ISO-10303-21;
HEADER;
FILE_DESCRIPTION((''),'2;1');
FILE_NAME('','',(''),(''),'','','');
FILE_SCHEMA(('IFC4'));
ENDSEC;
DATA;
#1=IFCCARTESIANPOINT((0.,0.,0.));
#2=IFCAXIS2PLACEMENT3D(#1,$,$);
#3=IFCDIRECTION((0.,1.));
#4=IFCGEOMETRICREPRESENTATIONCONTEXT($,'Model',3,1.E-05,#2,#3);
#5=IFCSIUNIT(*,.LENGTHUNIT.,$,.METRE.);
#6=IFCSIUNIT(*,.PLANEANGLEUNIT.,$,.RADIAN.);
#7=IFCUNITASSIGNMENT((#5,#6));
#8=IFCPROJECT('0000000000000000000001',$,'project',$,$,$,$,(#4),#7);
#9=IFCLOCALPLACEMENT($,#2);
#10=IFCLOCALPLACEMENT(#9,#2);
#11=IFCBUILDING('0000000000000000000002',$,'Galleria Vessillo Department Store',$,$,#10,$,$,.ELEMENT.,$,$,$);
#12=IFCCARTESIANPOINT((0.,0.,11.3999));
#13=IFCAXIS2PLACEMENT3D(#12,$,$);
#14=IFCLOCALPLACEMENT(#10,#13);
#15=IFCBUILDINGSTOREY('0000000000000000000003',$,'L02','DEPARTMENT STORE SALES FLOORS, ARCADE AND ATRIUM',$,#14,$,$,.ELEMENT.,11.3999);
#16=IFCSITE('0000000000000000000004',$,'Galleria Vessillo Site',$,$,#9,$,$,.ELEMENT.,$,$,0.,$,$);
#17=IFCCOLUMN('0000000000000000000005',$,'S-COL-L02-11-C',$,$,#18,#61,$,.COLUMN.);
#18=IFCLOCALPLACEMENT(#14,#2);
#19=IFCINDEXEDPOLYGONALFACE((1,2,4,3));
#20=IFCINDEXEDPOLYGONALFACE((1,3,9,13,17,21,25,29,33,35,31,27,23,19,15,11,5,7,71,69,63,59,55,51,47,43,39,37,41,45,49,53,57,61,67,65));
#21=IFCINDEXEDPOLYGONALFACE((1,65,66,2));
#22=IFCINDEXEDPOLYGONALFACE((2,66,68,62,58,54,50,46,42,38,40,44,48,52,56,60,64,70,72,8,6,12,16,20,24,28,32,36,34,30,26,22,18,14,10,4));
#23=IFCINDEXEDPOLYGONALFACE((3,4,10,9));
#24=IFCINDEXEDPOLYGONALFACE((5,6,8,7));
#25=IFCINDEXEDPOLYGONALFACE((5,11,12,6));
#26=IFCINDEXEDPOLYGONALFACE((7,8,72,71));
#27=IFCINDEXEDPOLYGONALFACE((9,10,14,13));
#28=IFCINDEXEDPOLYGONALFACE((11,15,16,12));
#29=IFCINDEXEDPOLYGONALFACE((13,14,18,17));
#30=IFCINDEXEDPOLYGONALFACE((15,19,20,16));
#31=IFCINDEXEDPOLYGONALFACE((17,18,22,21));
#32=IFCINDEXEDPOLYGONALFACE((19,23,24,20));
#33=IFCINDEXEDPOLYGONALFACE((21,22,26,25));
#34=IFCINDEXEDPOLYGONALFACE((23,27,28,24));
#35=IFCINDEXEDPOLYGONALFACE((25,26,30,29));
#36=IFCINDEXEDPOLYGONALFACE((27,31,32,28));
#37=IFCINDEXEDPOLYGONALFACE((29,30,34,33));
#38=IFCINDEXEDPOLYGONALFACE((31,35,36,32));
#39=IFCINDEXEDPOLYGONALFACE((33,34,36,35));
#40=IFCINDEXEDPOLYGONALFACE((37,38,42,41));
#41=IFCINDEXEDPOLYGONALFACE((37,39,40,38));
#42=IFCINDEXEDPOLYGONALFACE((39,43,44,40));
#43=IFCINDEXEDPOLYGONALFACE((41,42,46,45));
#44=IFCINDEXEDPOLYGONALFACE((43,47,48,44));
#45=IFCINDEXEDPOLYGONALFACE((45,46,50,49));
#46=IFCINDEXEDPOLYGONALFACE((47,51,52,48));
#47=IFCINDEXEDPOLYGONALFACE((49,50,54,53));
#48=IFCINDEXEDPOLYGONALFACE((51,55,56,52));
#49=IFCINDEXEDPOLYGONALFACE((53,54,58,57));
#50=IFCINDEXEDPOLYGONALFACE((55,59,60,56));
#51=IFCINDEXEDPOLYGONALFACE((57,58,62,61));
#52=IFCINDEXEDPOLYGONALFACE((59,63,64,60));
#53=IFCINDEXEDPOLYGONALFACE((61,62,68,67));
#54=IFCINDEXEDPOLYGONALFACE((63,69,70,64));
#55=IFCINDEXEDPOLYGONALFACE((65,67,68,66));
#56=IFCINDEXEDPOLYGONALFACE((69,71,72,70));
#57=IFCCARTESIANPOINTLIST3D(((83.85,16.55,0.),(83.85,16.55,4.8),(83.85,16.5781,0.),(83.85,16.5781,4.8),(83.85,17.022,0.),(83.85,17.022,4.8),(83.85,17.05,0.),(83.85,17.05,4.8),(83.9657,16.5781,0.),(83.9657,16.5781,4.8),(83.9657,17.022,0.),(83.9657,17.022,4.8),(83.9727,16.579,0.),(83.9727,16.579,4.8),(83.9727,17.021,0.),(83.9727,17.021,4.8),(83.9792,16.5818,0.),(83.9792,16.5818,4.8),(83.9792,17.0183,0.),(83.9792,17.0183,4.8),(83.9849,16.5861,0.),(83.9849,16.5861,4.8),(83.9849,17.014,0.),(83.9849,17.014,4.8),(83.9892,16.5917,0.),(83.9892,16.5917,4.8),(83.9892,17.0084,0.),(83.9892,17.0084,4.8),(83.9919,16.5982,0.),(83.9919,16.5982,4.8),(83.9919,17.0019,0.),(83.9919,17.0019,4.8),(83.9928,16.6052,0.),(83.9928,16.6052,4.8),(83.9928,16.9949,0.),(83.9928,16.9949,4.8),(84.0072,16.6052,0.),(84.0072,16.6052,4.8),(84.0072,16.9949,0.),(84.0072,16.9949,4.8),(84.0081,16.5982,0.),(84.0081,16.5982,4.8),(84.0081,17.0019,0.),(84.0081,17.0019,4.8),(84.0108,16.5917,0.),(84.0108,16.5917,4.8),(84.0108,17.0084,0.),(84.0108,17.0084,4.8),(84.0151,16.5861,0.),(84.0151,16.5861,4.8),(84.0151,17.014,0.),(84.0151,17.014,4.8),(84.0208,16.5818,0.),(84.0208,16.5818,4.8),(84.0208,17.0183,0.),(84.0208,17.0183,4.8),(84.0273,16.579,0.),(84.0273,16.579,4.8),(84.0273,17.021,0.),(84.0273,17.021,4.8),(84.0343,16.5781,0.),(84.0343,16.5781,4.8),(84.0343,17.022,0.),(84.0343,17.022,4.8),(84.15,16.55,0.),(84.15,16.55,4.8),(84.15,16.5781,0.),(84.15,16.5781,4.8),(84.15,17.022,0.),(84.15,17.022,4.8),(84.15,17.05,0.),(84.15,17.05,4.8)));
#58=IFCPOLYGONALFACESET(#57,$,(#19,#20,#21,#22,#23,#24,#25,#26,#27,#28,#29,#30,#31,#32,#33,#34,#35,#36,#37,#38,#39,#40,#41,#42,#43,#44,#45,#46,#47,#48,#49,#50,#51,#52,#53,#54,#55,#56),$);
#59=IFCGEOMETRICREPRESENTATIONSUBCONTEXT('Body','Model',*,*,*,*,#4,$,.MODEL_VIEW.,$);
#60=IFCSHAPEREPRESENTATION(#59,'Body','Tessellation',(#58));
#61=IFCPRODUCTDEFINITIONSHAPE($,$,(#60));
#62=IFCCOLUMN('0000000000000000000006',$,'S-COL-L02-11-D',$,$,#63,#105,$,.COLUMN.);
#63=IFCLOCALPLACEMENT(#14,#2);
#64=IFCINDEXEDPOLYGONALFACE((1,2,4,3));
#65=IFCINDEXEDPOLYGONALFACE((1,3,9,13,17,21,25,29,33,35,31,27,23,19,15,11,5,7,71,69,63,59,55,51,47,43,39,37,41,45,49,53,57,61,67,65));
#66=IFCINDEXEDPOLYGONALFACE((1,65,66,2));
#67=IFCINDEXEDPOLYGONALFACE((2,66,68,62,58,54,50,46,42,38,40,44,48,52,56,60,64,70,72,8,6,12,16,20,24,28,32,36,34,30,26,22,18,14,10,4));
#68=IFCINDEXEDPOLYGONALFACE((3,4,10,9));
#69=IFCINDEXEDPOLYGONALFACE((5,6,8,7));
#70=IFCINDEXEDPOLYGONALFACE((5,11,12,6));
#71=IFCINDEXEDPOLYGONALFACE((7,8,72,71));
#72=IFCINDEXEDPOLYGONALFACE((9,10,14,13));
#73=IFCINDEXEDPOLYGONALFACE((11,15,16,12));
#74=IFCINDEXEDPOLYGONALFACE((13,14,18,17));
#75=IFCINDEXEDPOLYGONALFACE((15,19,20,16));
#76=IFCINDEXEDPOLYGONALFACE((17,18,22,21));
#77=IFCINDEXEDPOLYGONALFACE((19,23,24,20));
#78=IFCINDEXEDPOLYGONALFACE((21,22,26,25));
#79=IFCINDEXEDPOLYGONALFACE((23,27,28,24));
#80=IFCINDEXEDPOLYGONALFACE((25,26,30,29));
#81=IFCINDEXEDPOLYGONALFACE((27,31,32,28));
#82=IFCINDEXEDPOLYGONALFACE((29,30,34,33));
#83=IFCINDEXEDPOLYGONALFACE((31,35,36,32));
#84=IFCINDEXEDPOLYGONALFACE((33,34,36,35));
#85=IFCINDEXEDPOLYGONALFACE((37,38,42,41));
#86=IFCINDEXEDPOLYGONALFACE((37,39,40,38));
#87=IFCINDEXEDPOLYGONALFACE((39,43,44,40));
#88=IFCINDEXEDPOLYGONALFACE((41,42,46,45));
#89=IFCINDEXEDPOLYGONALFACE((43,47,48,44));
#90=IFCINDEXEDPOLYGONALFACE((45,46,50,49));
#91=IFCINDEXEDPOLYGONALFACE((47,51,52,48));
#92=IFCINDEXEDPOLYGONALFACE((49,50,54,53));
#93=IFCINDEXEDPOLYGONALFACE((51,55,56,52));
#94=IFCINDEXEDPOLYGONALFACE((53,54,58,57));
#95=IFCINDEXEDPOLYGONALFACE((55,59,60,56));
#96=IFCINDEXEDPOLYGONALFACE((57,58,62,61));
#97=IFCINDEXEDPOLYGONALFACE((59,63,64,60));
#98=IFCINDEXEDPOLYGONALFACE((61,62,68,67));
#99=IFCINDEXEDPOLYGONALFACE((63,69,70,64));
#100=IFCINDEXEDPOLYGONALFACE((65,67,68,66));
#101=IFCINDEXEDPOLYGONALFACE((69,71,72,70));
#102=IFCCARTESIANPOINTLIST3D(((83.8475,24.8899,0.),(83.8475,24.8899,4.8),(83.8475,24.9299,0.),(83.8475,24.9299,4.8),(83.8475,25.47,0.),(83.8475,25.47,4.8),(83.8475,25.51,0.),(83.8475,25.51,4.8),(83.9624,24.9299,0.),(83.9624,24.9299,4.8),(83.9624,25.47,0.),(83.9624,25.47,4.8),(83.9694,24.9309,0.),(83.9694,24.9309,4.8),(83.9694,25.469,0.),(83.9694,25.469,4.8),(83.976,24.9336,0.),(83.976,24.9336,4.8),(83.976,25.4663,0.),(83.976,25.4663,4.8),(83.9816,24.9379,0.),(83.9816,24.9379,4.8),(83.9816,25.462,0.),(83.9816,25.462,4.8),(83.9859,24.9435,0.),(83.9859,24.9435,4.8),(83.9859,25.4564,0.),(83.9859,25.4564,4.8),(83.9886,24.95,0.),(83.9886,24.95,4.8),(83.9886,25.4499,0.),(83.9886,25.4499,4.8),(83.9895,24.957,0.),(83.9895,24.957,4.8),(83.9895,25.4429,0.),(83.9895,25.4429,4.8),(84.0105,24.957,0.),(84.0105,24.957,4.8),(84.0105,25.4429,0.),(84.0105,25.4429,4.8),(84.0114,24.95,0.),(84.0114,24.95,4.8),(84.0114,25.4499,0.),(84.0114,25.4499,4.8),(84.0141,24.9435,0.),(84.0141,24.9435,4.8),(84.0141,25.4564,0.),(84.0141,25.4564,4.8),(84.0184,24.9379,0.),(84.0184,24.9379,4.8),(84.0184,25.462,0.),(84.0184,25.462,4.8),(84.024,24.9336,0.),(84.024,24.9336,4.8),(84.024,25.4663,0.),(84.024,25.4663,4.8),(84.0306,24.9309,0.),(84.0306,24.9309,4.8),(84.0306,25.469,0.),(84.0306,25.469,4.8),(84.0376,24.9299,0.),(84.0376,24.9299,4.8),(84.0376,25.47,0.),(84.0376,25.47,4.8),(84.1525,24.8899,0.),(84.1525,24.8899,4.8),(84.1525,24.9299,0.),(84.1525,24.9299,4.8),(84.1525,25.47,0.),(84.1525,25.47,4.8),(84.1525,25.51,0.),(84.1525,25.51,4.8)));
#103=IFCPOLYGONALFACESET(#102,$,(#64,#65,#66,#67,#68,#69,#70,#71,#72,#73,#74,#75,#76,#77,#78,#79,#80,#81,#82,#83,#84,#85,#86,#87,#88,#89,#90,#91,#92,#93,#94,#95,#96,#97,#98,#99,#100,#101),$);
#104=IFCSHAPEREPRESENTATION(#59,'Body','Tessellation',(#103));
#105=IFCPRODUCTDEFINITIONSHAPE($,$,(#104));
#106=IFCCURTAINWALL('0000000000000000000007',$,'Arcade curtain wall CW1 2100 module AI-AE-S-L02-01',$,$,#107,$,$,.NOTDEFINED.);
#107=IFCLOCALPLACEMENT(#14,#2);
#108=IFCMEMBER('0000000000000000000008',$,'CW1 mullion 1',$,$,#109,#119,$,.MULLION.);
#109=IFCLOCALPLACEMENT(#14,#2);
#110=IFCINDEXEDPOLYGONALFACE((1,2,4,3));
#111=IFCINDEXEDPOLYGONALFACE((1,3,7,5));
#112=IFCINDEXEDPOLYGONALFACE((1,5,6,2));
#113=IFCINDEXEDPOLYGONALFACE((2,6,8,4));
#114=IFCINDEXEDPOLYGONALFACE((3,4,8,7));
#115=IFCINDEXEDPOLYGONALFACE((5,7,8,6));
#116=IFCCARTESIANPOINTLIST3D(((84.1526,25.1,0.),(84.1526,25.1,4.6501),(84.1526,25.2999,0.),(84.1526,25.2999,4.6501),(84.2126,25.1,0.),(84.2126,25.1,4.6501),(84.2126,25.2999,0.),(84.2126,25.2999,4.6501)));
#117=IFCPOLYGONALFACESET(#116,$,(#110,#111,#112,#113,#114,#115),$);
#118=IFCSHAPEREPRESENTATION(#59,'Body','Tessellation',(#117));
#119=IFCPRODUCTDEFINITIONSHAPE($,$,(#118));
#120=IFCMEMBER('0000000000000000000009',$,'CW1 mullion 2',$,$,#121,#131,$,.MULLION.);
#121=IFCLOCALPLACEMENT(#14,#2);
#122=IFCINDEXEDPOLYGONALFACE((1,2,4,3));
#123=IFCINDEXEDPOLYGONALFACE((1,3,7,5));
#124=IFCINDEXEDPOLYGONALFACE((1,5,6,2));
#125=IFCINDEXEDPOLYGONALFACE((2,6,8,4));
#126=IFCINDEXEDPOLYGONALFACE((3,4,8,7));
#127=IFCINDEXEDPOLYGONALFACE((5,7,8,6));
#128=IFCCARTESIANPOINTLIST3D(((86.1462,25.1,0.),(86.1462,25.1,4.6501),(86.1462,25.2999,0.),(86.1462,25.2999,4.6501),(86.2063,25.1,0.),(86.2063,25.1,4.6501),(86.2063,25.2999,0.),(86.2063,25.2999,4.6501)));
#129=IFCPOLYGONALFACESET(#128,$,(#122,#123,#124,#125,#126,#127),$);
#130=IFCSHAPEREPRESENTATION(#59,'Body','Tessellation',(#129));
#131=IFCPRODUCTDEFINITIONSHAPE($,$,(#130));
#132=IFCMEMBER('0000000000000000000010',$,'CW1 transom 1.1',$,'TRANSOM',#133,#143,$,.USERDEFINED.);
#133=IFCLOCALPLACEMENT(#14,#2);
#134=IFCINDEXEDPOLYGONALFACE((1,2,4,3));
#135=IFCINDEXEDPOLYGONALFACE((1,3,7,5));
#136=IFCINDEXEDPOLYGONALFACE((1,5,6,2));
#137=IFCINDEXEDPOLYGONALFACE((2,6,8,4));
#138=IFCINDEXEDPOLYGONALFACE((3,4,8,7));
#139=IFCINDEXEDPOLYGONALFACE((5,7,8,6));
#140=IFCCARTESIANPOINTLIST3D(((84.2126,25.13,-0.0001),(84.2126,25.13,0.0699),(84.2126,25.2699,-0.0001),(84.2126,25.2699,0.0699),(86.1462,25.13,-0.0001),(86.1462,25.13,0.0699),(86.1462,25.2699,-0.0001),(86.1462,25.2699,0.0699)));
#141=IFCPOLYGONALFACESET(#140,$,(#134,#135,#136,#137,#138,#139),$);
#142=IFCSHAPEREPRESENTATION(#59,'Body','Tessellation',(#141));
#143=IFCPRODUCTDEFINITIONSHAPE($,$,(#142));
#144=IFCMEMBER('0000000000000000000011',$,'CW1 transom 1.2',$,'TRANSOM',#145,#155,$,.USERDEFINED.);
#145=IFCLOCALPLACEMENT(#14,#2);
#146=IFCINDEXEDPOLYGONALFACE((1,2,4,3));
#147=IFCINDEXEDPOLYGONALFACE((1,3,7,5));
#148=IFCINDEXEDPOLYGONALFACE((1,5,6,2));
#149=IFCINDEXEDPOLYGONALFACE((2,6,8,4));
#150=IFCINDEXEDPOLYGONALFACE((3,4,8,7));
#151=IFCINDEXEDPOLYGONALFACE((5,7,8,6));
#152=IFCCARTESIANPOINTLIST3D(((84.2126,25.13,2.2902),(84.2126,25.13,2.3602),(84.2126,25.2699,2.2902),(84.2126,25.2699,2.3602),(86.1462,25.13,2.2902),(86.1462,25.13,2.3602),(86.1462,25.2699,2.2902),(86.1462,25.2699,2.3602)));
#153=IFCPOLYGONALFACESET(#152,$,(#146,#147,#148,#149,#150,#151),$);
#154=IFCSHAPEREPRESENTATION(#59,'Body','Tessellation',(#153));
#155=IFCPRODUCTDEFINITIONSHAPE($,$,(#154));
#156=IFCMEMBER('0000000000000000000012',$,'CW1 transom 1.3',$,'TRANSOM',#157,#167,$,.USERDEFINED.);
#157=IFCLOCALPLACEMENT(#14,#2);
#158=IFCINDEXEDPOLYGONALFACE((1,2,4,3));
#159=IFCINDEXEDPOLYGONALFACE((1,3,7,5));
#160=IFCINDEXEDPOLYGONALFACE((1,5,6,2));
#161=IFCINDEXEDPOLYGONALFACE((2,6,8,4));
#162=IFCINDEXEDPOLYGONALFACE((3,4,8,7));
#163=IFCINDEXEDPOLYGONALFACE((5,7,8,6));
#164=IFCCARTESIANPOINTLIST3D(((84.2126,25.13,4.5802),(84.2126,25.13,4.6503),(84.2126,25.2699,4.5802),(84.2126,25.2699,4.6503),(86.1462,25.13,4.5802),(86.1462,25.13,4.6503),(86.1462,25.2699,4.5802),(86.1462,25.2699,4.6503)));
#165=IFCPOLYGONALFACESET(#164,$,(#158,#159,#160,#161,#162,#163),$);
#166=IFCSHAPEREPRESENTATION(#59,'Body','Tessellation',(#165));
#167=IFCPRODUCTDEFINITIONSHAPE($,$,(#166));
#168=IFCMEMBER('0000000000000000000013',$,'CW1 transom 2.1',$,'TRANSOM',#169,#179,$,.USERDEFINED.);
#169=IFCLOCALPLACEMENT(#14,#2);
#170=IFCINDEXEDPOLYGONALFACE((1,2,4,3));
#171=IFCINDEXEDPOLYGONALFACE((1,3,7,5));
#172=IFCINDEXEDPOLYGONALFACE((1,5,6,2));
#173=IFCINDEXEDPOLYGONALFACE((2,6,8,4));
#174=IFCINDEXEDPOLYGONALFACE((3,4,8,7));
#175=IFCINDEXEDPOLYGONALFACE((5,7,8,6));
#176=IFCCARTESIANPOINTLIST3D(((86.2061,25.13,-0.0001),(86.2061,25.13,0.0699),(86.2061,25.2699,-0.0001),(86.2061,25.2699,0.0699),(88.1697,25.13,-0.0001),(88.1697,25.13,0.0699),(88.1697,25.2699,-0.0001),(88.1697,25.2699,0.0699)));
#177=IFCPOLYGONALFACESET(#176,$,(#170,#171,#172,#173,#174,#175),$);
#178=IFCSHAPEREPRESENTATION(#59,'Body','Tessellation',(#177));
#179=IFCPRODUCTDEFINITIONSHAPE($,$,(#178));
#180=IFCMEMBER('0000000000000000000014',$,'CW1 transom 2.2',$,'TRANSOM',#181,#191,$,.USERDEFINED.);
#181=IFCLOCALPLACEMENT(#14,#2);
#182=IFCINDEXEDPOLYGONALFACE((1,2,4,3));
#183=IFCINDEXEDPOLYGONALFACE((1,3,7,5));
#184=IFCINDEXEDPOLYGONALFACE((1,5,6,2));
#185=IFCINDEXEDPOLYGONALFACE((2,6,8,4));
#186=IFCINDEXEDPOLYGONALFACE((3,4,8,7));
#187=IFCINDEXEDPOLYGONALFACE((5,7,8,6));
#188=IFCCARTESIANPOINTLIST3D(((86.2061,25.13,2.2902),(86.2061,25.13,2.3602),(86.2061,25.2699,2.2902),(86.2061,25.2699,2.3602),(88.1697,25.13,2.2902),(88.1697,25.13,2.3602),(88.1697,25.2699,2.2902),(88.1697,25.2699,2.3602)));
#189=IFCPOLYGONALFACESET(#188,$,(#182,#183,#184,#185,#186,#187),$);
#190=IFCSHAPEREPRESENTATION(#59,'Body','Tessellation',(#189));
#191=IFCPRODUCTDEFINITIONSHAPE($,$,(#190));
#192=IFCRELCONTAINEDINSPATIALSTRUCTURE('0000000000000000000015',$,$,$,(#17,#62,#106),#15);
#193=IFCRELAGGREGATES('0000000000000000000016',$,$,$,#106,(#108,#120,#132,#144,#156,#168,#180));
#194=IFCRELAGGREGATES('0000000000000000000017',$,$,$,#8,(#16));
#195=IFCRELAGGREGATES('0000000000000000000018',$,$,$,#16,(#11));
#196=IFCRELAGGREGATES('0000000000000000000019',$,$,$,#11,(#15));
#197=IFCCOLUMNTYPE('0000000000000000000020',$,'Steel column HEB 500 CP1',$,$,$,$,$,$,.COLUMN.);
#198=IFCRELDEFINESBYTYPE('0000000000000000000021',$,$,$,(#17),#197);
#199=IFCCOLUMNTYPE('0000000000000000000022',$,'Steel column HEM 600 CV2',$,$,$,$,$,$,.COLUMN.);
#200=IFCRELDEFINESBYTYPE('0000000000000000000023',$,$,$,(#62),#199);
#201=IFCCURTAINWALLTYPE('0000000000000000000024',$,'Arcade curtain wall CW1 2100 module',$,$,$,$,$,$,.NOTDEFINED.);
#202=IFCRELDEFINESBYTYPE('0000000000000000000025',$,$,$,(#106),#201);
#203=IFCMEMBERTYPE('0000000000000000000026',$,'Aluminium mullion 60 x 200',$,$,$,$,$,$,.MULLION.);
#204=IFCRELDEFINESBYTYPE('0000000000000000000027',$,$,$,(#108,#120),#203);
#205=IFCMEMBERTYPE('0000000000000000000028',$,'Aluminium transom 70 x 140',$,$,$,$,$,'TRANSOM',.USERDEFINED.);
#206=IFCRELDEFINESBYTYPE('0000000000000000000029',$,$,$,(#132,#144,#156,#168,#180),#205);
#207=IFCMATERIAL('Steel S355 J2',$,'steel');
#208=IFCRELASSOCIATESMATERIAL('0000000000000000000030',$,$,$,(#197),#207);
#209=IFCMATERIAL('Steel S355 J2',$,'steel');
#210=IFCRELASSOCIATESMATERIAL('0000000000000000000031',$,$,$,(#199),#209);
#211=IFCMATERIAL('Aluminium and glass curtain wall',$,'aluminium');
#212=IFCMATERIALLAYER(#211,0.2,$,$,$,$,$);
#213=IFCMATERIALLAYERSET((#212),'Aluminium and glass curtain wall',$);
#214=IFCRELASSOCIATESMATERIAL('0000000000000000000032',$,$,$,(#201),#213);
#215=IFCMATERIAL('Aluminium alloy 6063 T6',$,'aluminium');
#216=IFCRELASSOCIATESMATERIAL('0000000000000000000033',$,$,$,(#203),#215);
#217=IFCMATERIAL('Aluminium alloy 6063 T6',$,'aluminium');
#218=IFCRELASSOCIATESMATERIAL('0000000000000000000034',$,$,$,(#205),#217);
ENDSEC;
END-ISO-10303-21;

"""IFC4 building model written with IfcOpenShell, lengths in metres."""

from ifc_helpers import new_model, si_unit, direction, frame, origin, origin_2d, place, context, subcontext, project, spatial, rectangle, i_section, extrude, material, layer, layer_set, material_profile, profile_set, type_object, element, aggregate, save


model = new_model("IFC4")

# Units and contexts
model_context = context("Model", 3, precision=1e-05, world=origin(), true_north=direction((0.0, 1.0)))
body_context = subcontext(model_context, "Body", "Model", "MODEL_VIEW")
ifc_project = project(units=[si_unit("LENGTHUNIT", "METRE"), si_unit("PLANEANGLEUNIT", "RADIAN")], contexts=[model_context])

# Site, building, storey
site_placement = place(None, origin())
site = spatial("IfcSite", under=ifc_project, at=site_placement, Name="Galleria Vessillo Site", CompositionType="ELEMENT", RefElevation=0.0)
building_placement = place(site_placement, origin())
building = spatial("IfcBuilding", under=site, at=building_placement, Name="Galleria Vessillo Department Store", CompositionType="ELEMENT")
storey_placement = place(building_placement, frame((0.0, 0.0, 11.3999)))
storey = spatial("IfcBuildingStorey", under=building, at=storey_placement, Name="L02", Description="DEPARTMENT STORE SALES FLOORS, ARCADE AND ATRIUM", CompositionType="ELEMENT", Elevation=11.3999)

# Columns
ifc_material_1 = material(Name="Steel S355 J2", Category="steel")
ifc_material_profile_1 = material_profile(ifc_material_1, i_section(OverallWidth=0.3, OverallDepth=0.5, WebThickness=0.0144, FlangeThickness=0.0281, FilletRadius=0.0271, at=origin_2d()), Name="HEB 500")
ifc_profile_set_1 = profile_set([ifc_material_profile_1], Name="Steel S355 J2")
column_type_1 = type_object("IfcColumnType", Name="Steel column HEB 500 CP1", PredefinedType="COLUMN", material=ifc_profile_set_1)
column_1_placement = place(storey_placement, frame((84.0, 16.8, 0.0), z_axis=(0.0, 0.0, 1.0), x_axis=(1.0, 0.0, 0.0)))
element("IfcColumn", 1, at=column_1_placement, inside=storey, type_object=column_type_1, Name="S-COL-L02-11-C", PredefinedType="COLUMN", context=body_context, shape_type="SweptSolid", body=[
    extrude(i_section(OverallWidth=0.3, OverallDepth=0.5, WebThickness=0.0144, FlangeThickness=0.0281, FilletRadius=0.0271, at=origin_2d()), origin(), (0.0, 0.0, 1.0), 4.8),
])
ifc_material_2 = material(Name="Steel S355 J2", Category="steel")
ifc_material_profile_2 = material_profile(ifc_material_2, i_section(OverallWidth=0.3049, OverallDepth=0.6201, WebThickness=0.021, FlangeThickness=0.04, FilletRadius=0.0271, at=origin_2d()), Name="HEM 600")
ifc_profile_set_2 = profile_set([ifc_material_profile_2], Name="Steel S355 J2")
column_type_2 = type_object("IfcColumnType", Name="Steel column HEM 600 CV2", PredefinedType="COLUMN", material=ifc_profile_set_2)
column_2_placement = place(storey_placement, frame((84.0, 25.2, 0.0), z_axis=(0.0, 0.0, 1.0), x_axis=(1.0, 0.0, 0.0)))
element("IfcColumn", 2, at=column_2_placement, inside=storey, type_object=column_type_2, Name="S-COL-L02-11-D", PredefinedType="COLUMN", context=body_context, shape_type="SweptSolid", body=[
    extrude(i_section(OverallWidth=0.3049, OverallDepth=0.6201, WebThickness=0.021, FlangeThickness=0.04, FilletRadius=0.0271, at=origin_2d()), origin(), (0.0, 0.0, 1.0), 4.8),
])

# Curtain wall, members
ifc_material_3 = material(Name="Aluminium and glass curtain wall", Category="aluminium")
ifc_layer_1 = layer(ifc_material_3, 0.2)
ifc_layer_set_1 = layer_set([ifc_layer_1], Name="Aluminium and glass curtain wall")
curtain_wall_type = type_object("IfcCurtainWallType", Name="Arcade curtain wall CW1 2100 module", PredefinedType="NOTDEFINED", material=ifc_layer_set_1)
curtain_wall_placement = place(storey_placement, origin())
curtain_wall = element("IfcCurtainWall", 3, at=curtain_wall_placement, inside=storey, type_object=curtain_wall_type, Name="Arcade curtain wall CW1 2100 module AI-AE-S-L02-01", PredefinedType="NOTDEFINED")
ifc_material_4 = material(Name="Aluminium alloy 6063 T6", Category="aluminium")
ifc_material_profile_3 = material_profile(ifc_material_4, rectangle(XDim=0.2, YDim=0.0601, at=origin_2d()), Name="AL 60x200")
ifc_profile_set_3 = profile_set([ifc_material_profile_3], Name="Aluminium alloy 6063 T6")
member_type_1 = type_object("IfcMemberType", Name="Aluminium mullion 60 x 200", PredefinedType="MULLION", material=ifc_profile_set_3)
member_1_placement = place(storey_placement, frame((84.1826, 25.2, 0.0), z_axis=(0.0, 0.0, 1.0), x_axis=(0.0, 1.0, 0.0)))
member_1 = element("IfcMember", 4, at=member_1_placement, type_object=member_type_1, Name="CW1 mullion 1", PredefinedType="MULLION", context=body_context, shape_type="SweptSolid", body=[
    extrude(rectangle(XDim=0.2, YDim=0.0601, at=origin_2d()), origin(), (0.0, 0.0, 1.0), 4.6501),
])
member_2_placement = place(storey_placement, frame((86.1763, 25.2, 0.0), z_axis=(0.0, 0.0, 1.0), x_axis=(0.0, 1.0, 0.0)))
member_2 = element("IfcMember", 5, at=member_2_placement, type_object=member_type_1, Name="CW1 mullion 2", PredefinedType="MULLION", context=body_context, shape_type="SweptSolid", body=[
    extrude(rectangle(XDim=0.2, YDim=0.0601, at=origin_2d()), origin(), (0.0, 0.0, 1.0), 4.6501),
])
ifc_material_5 = material(Name="Aluminium alloy 6063 T6", Category="aluminium")
ifc_material_profile_4 = material_profile(ifc_material_5, rectangle(XDim=0.1399, YDim=0.0701, at=origin_2d()), Name="AL 70x140")
ifc_profile_set_4 = profile_set([ifc_material_profile_4], Name="Aluminium alloy 6063 T6")
member_type_2 = type_object("IfcMemberType", Name="Aluminium transom 70 x 140", ElementType="TRANSOM", PredefinedType="USERDEFINED", material=ifc_profile_set_4)
member_3_placement = place(storey_placement, frame((84.2126, 25.2, 0.0349), z_axis=(1.0, 0.0, 0.0), x_axis=(0.0, 1.0, 0.0)))
member_3 = element("IfcMember", 6, at=member_3_placement, type_object=member_type_2, Name="CW1 transom 1.1", ObjectType="TRANSOM", PredefinedType="USERDEFINED", context=body_context, shape_type="SweptSolid", body=[
    extrude(rectangle(XDim=0.1399, YDim=0.0701, at=origin_2d()), origin(), (0.0, 0.0, 1.0), 1.9336),
])
member_4_placement = place(storey_placement, frame((84.2126, 25.2, 2.3252), z_axis=(1.0, 0.0, 0.0), x_axis=(0.0, 1.0, 0.0)))
member_4 = element("IfcMember", 7, at=member_4_placement, type_object=member_type_2, Name="CW1 transom 1.2", ObjectType="TRANSOM", PredefinedType="USERDEFINED", context=body_context, shape_type="SweptSolid", body=[
    extrude(rectangle(XDim=0.1399, YDim=0.0701, at=origin_2d()), origin(), (0.0, 0.0, 1.0), 1.9336),
])
member_5_placement = place(storey_placement, frame((84.2126, 25.2, 4.6152), z_axis=(1.0, 0.0, 0.0), x_axis=(0.0, 1.0, 0.0)))
member_5 = element("IfcMember", 8, at=member_5_placement, type_object=member_type_2, Name="CW1 transom 1.3", ObjectType="TRANSOM", PredefinedType="USERDEFINED", context=body_context, shape_type="SweptSolid", body=[
    extrude(rectangle(XDim=0.1399, YDim=0.0701, at=origin_2d()), origin(), (0.0, 0.0, 1.0), 1.9336),
])
member_6_placement = place(storey_placement, frame((86.2061, 25.2, 0.0349), z_axis=(1.0, 0.0, 0.0), x_axis=(0.0, 1.0, 0.0)))
member_6 = element("IfcMember", 9, at=member_6_placement, type_object=member_type_2, Name="CW1 transom 2.1", ObjectType="TRANSOM", PredefinedType="USERDEFINED", context=body_context, shape_type="SweptSolid", body=[
    extrude(rectangle(XDim=0.1399, YDim=0.0701, at=origin_2d()), origin(), (0.0, 0.0, 1.0), 1.9636),
])
member_7_placement = place(storey_placement, frame((86.2061, 25.2, 2.3252), z_axis=(1.0, 0.0, 0.0), x_axis=(0.0, 1.0, 0.0)))
member_7 = element("IfcMember", 10, at=member_7_placement, type_object=member_type_2, Name="CW1 transom 2.2", ObjectType="TRANSOM", PredefinedType="USERDEFINED", context=body_context, shape_type="SweptSolid", body=[
    extrude(rectangle(XDim=0.1399, YDim=0.0701, at=origin_2d()), origin(), (0.0, 0.0, 1.0), 1.9636),
])

aggregate(curtain_wall, [member_1, member_2, member_3, member_4, member_5, member_6, member_7])

save(model, "model.ifc")
